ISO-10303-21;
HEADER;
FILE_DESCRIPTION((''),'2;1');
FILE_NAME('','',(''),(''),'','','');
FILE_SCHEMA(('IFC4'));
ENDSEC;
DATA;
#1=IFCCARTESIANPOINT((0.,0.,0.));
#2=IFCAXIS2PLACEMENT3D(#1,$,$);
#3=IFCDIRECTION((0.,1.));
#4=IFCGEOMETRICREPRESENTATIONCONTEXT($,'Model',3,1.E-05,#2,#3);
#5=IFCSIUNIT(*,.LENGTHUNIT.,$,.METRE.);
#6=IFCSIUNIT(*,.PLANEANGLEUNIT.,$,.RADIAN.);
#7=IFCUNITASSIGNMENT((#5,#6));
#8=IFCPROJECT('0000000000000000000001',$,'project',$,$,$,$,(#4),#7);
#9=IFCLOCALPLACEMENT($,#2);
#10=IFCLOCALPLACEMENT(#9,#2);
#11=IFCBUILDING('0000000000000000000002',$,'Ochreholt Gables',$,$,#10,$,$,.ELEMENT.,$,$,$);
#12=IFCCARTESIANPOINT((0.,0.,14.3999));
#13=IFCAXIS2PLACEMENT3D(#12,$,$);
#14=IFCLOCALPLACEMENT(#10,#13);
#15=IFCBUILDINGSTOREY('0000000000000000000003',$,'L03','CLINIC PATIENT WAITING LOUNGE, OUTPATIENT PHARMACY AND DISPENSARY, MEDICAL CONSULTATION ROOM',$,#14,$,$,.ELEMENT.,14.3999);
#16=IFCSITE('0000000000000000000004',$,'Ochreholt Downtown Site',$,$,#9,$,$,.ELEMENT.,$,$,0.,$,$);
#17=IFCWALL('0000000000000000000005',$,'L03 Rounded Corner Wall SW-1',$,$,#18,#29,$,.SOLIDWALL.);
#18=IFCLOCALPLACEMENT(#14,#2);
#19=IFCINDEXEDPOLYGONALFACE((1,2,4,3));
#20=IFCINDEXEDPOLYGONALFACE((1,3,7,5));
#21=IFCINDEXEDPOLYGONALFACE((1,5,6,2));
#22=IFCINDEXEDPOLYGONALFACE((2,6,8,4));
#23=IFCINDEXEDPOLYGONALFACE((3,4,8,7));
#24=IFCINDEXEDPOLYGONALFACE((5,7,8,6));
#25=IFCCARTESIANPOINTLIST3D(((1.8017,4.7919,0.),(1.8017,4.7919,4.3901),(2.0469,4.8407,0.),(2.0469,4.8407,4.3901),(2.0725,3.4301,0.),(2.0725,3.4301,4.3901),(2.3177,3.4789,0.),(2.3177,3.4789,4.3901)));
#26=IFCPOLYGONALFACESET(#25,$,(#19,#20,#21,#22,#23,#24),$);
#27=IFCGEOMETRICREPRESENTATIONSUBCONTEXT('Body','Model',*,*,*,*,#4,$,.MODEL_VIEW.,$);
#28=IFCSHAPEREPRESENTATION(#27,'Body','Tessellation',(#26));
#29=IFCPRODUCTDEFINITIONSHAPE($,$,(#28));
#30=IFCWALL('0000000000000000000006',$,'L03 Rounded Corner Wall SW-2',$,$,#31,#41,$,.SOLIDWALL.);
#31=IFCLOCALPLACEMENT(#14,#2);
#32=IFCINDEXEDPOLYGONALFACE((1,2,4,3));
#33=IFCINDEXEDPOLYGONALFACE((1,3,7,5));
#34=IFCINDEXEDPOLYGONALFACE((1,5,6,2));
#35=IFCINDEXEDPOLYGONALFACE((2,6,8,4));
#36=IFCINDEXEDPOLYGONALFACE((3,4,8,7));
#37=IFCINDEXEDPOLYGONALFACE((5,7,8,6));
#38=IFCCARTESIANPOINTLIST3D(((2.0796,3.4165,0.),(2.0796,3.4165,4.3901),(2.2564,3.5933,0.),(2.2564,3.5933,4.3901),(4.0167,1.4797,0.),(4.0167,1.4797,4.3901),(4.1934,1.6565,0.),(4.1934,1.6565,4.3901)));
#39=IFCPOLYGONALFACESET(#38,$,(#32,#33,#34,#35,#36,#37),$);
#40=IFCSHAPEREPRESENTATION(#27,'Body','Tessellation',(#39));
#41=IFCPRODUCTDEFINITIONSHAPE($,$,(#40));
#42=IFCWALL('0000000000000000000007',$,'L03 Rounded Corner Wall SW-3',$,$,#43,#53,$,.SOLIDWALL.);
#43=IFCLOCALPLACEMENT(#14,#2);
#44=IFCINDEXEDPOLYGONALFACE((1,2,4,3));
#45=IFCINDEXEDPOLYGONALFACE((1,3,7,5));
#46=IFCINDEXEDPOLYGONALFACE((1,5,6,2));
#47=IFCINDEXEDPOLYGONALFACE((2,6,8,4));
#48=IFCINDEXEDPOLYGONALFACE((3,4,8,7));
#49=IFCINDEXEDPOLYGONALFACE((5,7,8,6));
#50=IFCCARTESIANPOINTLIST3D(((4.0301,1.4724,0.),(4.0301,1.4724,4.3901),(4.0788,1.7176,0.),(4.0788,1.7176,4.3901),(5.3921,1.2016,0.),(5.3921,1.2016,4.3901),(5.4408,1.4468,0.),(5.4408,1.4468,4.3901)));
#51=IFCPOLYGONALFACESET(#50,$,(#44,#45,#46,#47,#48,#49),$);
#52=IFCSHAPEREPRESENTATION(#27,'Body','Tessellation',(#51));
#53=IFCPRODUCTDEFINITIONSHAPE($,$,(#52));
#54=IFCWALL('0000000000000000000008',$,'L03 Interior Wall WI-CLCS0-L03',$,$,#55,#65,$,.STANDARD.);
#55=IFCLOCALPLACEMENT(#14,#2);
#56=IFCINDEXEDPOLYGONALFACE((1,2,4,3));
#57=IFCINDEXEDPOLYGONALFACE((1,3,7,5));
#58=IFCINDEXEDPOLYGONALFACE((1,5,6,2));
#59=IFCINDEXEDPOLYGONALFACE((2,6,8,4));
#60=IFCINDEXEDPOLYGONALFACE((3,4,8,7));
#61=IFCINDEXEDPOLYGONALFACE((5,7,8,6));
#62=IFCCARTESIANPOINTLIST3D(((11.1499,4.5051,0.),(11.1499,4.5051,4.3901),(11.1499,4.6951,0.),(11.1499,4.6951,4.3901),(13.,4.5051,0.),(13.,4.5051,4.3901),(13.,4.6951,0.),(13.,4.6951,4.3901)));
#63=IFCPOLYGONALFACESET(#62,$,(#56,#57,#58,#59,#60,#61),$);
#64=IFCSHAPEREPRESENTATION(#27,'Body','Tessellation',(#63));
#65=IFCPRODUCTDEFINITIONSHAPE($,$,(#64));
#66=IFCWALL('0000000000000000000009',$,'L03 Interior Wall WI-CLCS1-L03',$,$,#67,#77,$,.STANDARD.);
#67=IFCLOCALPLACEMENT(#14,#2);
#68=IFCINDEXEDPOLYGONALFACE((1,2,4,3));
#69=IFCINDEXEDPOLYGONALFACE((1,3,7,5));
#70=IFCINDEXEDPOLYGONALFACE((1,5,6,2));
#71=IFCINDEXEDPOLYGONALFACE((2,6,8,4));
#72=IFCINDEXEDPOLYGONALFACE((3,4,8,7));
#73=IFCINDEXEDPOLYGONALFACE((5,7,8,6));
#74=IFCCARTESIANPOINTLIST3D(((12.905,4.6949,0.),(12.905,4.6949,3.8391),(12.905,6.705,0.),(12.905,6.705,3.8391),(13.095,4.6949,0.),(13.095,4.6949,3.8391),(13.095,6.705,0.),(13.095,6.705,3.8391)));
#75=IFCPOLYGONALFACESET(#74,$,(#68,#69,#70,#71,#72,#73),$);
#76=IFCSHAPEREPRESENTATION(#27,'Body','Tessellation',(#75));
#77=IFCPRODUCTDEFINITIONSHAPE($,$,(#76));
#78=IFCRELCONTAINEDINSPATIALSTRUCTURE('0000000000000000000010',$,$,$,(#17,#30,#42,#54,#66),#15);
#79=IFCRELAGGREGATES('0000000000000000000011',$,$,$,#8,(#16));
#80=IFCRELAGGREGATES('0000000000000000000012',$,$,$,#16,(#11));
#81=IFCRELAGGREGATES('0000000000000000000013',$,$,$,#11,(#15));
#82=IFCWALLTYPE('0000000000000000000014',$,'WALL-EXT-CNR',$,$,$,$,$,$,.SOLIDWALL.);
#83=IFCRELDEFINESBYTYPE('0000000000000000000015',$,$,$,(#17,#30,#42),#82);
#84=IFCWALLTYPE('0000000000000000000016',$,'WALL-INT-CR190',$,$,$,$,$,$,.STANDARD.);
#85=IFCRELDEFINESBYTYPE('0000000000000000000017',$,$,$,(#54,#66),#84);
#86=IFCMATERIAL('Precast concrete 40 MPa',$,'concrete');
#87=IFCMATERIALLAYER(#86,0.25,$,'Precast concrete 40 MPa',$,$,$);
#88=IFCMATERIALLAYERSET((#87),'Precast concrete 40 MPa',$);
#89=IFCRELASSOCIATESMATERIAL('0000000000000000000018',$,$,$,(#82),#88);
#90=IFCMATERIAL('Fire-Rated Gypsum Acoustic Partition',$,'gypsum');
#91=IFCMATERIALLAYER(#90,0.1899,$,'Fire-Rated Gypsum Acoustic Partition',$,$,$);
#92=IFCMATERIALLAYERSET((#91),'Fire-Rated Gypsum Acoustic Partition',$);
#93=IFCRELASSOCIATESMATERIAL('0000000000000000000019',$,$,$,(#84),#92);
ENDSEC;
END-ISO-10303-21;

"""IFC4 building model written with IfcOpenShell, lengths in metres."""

from ifc_helpers import new_model, si_unit, direction, frame, frame_2d, origin, place, context, subcontext, project, spatial, rectangle, extrude, material, layer, layer_set, type_object, element, save


model = new_model("IFC4")

# Units and contexts
model_context = context("Model", 3, precision=1e-05, world=origin(), true_north=direction((0.0, 1.0)))
body_context = subcontext(model_context, "Body", "Model", "MODEL_VIEW")
ifc_project = project(units=[si_unit("LENGTHUNIT", "METRE"), si_unit("PLANEANGLEUNIT", "RADIAN")], contexts=[model_context])

# Site, building, storey
site_placement = place(None, origin())
site = spatial("IfcSite", under=ifc_project, at=site_placement, Name="Ochreholt Downtown Site", CompositionType="ELEMENT", RefElevation=0.0)
building_placement = place(site_placement, origin())
building = spatial("IfcBuilding", under=site, at=building_placement, Name="Ochreholt Gables", CompositionType="ELEMENT")
storey_placement = place(building_placement, frame((0.0, 0.0, 14.3999)))
storey = spatial("IfcBuildingStorey", under=building, at=storey_placement, Name="L03", Description="CLINIC PATIENT WAITING LOUNGE, OUTPATIENT PHARMACY AND DISPENSARY, MEDICAL CONSULTATION ROOM", CompositionType="ELEMENT", Elevation=14.3999)

# Shared definitions
ifc_material_1 = material(Name="Precast concrete 40 MPa", Category="concrete")

# Walls
ifc_layer_1 = layer(ifc_material_1, 0.25, Name="Precast concrete 40 MPa")
ifc_layer_set_1 = layer_set([ifc_layer_1], Name="Precast concrete 40 MPa")
wall_type_1 = type_object("IfcWallType", Name="WALL-EXT-CNR", PredefinedType="SOLIDWALL", material=ifc_layer_set_1)
wall_1_placement = place(storey_placement, frame((1.9243, 4.8164, 0.0), z_axis=(0.0, 0.0, 1.0), x_axis=(0.195, -0.980803, 0.0)))
element("IfcWall", 1, at=wall_1_placement, inside=storey, type_object=wall_type_1, Name="L03 Rounded Corner Wall SW-1", PredefinedType="SOLIDWALL", context=body_context, shape_type="SweptSolid", body=[
    extrude(rectangle(XDim=1.3884, YDim=0.25, at=frame_2d((0.6943, 0.0))), origin(), (0.0, 0.0, 1.0), 4.3901),
])
wall_2_placement = place(storey_placement, frame((2.168, 3.5049, 0.0), z_axis=(0.0, 0.0, 1.0), x_axis=(0.707151, -0.707062, 0.0)))
element("IfcWall", 2, at=wall_2_placement, inside=storey, type_object=wall_type_1, Name="L03 Rounded Corner Wall SW-2", PredefinedType="SOLIDWALL", context=body_context, shape_type="SweptSolid", body=[
    extrude(rectangle(XDim=2.7393, YDim=0.25, at=frame_2d((1.3696, 0.0))), origin(), (0.0, 0.0, 1.0), 4.3901),
])
wall_3_placement = place(storey_placement, frame((4.0544, 1.595, 0.0), z_axis=(0.0, 0.0, 1.0), x_axis=(0.98081, -0.194967, 0.0)))
element("IfcWall", 3, at=wall_3_placement, inside=storey, type_object=wall_type_1, Name="L03 Rounded Corner Wall SW-3", PredefinedType="SOLIDWALL", context=body_context, shape_type="SweptSolid", body=[
    extrude(rectangle(XDim=1.3887, YDim=0.25, at=frame_2d((0.6943, 0.0))), origin(), (0.0, 0.0, 1.0), 4.3901),
])
ifc_material_2 = material(Name="Fire-Rated Gypsum Acoustic Partition", Category="gypsum")
ifc_layer_2 = layer(ifc_material_2, 0.1899, Name="Fire-Rated Gypsum Acoustic Partition")
ifc_layer_set_2 = layer_set([ifc_layer_2], Name="Fire-Rated Gypsum Acoustic Partition")
wall_type_2 = type_object("IfcWallType", Name="WALL-INT-CR190", PredefinedType="STANDARD", material=ifc_layer_set_2)
wall_4_placement = place(storey_placement, frame((11.1499, 4.6001, 0.0), z_axis=(0.0, 0.0, 1.0), x_axis=(1.0, 0.0, 0.0)))
element("IfcWall", 4, at=wall_4_placement, inside=storey, type_object=wall_type_2, Name="L03 Interior Wall WI-CLCS0-L03", PredefinedType="STANDARD", context=body_context, shape_type="SweptSolid", body=[
    extrude(rectangle(XDim=1.8501, YDim=0.1899, at=frame_2d((0.925, 0.0))), origin(), (0.0, 0.0, 1.0), 4.3901),
])
wall_5_placement = place(storey_placement, frame((13.0, 4.6951, 0.0), z_axis=(0.0, 0.0, 1.0), x_axis=(0.0, 1.0, 0.0)))
element("IfcWall", 5, at=wall_5_placement, inside=storey, type_object=wall_type_2, Name="L03 Interior Wall WI-CLCS1-L03", PredefinedType="STANDARD", context=body_context, shape_type="SweptSolid", body=[
    extrude(rectangle(XDim=2.01, YDim=0.1899, at=frame_2d((1.0049, 0.0))), origin(), (0.0, 0.0, 1.0), 3.8391),
])

save(model, "model.ifc")
